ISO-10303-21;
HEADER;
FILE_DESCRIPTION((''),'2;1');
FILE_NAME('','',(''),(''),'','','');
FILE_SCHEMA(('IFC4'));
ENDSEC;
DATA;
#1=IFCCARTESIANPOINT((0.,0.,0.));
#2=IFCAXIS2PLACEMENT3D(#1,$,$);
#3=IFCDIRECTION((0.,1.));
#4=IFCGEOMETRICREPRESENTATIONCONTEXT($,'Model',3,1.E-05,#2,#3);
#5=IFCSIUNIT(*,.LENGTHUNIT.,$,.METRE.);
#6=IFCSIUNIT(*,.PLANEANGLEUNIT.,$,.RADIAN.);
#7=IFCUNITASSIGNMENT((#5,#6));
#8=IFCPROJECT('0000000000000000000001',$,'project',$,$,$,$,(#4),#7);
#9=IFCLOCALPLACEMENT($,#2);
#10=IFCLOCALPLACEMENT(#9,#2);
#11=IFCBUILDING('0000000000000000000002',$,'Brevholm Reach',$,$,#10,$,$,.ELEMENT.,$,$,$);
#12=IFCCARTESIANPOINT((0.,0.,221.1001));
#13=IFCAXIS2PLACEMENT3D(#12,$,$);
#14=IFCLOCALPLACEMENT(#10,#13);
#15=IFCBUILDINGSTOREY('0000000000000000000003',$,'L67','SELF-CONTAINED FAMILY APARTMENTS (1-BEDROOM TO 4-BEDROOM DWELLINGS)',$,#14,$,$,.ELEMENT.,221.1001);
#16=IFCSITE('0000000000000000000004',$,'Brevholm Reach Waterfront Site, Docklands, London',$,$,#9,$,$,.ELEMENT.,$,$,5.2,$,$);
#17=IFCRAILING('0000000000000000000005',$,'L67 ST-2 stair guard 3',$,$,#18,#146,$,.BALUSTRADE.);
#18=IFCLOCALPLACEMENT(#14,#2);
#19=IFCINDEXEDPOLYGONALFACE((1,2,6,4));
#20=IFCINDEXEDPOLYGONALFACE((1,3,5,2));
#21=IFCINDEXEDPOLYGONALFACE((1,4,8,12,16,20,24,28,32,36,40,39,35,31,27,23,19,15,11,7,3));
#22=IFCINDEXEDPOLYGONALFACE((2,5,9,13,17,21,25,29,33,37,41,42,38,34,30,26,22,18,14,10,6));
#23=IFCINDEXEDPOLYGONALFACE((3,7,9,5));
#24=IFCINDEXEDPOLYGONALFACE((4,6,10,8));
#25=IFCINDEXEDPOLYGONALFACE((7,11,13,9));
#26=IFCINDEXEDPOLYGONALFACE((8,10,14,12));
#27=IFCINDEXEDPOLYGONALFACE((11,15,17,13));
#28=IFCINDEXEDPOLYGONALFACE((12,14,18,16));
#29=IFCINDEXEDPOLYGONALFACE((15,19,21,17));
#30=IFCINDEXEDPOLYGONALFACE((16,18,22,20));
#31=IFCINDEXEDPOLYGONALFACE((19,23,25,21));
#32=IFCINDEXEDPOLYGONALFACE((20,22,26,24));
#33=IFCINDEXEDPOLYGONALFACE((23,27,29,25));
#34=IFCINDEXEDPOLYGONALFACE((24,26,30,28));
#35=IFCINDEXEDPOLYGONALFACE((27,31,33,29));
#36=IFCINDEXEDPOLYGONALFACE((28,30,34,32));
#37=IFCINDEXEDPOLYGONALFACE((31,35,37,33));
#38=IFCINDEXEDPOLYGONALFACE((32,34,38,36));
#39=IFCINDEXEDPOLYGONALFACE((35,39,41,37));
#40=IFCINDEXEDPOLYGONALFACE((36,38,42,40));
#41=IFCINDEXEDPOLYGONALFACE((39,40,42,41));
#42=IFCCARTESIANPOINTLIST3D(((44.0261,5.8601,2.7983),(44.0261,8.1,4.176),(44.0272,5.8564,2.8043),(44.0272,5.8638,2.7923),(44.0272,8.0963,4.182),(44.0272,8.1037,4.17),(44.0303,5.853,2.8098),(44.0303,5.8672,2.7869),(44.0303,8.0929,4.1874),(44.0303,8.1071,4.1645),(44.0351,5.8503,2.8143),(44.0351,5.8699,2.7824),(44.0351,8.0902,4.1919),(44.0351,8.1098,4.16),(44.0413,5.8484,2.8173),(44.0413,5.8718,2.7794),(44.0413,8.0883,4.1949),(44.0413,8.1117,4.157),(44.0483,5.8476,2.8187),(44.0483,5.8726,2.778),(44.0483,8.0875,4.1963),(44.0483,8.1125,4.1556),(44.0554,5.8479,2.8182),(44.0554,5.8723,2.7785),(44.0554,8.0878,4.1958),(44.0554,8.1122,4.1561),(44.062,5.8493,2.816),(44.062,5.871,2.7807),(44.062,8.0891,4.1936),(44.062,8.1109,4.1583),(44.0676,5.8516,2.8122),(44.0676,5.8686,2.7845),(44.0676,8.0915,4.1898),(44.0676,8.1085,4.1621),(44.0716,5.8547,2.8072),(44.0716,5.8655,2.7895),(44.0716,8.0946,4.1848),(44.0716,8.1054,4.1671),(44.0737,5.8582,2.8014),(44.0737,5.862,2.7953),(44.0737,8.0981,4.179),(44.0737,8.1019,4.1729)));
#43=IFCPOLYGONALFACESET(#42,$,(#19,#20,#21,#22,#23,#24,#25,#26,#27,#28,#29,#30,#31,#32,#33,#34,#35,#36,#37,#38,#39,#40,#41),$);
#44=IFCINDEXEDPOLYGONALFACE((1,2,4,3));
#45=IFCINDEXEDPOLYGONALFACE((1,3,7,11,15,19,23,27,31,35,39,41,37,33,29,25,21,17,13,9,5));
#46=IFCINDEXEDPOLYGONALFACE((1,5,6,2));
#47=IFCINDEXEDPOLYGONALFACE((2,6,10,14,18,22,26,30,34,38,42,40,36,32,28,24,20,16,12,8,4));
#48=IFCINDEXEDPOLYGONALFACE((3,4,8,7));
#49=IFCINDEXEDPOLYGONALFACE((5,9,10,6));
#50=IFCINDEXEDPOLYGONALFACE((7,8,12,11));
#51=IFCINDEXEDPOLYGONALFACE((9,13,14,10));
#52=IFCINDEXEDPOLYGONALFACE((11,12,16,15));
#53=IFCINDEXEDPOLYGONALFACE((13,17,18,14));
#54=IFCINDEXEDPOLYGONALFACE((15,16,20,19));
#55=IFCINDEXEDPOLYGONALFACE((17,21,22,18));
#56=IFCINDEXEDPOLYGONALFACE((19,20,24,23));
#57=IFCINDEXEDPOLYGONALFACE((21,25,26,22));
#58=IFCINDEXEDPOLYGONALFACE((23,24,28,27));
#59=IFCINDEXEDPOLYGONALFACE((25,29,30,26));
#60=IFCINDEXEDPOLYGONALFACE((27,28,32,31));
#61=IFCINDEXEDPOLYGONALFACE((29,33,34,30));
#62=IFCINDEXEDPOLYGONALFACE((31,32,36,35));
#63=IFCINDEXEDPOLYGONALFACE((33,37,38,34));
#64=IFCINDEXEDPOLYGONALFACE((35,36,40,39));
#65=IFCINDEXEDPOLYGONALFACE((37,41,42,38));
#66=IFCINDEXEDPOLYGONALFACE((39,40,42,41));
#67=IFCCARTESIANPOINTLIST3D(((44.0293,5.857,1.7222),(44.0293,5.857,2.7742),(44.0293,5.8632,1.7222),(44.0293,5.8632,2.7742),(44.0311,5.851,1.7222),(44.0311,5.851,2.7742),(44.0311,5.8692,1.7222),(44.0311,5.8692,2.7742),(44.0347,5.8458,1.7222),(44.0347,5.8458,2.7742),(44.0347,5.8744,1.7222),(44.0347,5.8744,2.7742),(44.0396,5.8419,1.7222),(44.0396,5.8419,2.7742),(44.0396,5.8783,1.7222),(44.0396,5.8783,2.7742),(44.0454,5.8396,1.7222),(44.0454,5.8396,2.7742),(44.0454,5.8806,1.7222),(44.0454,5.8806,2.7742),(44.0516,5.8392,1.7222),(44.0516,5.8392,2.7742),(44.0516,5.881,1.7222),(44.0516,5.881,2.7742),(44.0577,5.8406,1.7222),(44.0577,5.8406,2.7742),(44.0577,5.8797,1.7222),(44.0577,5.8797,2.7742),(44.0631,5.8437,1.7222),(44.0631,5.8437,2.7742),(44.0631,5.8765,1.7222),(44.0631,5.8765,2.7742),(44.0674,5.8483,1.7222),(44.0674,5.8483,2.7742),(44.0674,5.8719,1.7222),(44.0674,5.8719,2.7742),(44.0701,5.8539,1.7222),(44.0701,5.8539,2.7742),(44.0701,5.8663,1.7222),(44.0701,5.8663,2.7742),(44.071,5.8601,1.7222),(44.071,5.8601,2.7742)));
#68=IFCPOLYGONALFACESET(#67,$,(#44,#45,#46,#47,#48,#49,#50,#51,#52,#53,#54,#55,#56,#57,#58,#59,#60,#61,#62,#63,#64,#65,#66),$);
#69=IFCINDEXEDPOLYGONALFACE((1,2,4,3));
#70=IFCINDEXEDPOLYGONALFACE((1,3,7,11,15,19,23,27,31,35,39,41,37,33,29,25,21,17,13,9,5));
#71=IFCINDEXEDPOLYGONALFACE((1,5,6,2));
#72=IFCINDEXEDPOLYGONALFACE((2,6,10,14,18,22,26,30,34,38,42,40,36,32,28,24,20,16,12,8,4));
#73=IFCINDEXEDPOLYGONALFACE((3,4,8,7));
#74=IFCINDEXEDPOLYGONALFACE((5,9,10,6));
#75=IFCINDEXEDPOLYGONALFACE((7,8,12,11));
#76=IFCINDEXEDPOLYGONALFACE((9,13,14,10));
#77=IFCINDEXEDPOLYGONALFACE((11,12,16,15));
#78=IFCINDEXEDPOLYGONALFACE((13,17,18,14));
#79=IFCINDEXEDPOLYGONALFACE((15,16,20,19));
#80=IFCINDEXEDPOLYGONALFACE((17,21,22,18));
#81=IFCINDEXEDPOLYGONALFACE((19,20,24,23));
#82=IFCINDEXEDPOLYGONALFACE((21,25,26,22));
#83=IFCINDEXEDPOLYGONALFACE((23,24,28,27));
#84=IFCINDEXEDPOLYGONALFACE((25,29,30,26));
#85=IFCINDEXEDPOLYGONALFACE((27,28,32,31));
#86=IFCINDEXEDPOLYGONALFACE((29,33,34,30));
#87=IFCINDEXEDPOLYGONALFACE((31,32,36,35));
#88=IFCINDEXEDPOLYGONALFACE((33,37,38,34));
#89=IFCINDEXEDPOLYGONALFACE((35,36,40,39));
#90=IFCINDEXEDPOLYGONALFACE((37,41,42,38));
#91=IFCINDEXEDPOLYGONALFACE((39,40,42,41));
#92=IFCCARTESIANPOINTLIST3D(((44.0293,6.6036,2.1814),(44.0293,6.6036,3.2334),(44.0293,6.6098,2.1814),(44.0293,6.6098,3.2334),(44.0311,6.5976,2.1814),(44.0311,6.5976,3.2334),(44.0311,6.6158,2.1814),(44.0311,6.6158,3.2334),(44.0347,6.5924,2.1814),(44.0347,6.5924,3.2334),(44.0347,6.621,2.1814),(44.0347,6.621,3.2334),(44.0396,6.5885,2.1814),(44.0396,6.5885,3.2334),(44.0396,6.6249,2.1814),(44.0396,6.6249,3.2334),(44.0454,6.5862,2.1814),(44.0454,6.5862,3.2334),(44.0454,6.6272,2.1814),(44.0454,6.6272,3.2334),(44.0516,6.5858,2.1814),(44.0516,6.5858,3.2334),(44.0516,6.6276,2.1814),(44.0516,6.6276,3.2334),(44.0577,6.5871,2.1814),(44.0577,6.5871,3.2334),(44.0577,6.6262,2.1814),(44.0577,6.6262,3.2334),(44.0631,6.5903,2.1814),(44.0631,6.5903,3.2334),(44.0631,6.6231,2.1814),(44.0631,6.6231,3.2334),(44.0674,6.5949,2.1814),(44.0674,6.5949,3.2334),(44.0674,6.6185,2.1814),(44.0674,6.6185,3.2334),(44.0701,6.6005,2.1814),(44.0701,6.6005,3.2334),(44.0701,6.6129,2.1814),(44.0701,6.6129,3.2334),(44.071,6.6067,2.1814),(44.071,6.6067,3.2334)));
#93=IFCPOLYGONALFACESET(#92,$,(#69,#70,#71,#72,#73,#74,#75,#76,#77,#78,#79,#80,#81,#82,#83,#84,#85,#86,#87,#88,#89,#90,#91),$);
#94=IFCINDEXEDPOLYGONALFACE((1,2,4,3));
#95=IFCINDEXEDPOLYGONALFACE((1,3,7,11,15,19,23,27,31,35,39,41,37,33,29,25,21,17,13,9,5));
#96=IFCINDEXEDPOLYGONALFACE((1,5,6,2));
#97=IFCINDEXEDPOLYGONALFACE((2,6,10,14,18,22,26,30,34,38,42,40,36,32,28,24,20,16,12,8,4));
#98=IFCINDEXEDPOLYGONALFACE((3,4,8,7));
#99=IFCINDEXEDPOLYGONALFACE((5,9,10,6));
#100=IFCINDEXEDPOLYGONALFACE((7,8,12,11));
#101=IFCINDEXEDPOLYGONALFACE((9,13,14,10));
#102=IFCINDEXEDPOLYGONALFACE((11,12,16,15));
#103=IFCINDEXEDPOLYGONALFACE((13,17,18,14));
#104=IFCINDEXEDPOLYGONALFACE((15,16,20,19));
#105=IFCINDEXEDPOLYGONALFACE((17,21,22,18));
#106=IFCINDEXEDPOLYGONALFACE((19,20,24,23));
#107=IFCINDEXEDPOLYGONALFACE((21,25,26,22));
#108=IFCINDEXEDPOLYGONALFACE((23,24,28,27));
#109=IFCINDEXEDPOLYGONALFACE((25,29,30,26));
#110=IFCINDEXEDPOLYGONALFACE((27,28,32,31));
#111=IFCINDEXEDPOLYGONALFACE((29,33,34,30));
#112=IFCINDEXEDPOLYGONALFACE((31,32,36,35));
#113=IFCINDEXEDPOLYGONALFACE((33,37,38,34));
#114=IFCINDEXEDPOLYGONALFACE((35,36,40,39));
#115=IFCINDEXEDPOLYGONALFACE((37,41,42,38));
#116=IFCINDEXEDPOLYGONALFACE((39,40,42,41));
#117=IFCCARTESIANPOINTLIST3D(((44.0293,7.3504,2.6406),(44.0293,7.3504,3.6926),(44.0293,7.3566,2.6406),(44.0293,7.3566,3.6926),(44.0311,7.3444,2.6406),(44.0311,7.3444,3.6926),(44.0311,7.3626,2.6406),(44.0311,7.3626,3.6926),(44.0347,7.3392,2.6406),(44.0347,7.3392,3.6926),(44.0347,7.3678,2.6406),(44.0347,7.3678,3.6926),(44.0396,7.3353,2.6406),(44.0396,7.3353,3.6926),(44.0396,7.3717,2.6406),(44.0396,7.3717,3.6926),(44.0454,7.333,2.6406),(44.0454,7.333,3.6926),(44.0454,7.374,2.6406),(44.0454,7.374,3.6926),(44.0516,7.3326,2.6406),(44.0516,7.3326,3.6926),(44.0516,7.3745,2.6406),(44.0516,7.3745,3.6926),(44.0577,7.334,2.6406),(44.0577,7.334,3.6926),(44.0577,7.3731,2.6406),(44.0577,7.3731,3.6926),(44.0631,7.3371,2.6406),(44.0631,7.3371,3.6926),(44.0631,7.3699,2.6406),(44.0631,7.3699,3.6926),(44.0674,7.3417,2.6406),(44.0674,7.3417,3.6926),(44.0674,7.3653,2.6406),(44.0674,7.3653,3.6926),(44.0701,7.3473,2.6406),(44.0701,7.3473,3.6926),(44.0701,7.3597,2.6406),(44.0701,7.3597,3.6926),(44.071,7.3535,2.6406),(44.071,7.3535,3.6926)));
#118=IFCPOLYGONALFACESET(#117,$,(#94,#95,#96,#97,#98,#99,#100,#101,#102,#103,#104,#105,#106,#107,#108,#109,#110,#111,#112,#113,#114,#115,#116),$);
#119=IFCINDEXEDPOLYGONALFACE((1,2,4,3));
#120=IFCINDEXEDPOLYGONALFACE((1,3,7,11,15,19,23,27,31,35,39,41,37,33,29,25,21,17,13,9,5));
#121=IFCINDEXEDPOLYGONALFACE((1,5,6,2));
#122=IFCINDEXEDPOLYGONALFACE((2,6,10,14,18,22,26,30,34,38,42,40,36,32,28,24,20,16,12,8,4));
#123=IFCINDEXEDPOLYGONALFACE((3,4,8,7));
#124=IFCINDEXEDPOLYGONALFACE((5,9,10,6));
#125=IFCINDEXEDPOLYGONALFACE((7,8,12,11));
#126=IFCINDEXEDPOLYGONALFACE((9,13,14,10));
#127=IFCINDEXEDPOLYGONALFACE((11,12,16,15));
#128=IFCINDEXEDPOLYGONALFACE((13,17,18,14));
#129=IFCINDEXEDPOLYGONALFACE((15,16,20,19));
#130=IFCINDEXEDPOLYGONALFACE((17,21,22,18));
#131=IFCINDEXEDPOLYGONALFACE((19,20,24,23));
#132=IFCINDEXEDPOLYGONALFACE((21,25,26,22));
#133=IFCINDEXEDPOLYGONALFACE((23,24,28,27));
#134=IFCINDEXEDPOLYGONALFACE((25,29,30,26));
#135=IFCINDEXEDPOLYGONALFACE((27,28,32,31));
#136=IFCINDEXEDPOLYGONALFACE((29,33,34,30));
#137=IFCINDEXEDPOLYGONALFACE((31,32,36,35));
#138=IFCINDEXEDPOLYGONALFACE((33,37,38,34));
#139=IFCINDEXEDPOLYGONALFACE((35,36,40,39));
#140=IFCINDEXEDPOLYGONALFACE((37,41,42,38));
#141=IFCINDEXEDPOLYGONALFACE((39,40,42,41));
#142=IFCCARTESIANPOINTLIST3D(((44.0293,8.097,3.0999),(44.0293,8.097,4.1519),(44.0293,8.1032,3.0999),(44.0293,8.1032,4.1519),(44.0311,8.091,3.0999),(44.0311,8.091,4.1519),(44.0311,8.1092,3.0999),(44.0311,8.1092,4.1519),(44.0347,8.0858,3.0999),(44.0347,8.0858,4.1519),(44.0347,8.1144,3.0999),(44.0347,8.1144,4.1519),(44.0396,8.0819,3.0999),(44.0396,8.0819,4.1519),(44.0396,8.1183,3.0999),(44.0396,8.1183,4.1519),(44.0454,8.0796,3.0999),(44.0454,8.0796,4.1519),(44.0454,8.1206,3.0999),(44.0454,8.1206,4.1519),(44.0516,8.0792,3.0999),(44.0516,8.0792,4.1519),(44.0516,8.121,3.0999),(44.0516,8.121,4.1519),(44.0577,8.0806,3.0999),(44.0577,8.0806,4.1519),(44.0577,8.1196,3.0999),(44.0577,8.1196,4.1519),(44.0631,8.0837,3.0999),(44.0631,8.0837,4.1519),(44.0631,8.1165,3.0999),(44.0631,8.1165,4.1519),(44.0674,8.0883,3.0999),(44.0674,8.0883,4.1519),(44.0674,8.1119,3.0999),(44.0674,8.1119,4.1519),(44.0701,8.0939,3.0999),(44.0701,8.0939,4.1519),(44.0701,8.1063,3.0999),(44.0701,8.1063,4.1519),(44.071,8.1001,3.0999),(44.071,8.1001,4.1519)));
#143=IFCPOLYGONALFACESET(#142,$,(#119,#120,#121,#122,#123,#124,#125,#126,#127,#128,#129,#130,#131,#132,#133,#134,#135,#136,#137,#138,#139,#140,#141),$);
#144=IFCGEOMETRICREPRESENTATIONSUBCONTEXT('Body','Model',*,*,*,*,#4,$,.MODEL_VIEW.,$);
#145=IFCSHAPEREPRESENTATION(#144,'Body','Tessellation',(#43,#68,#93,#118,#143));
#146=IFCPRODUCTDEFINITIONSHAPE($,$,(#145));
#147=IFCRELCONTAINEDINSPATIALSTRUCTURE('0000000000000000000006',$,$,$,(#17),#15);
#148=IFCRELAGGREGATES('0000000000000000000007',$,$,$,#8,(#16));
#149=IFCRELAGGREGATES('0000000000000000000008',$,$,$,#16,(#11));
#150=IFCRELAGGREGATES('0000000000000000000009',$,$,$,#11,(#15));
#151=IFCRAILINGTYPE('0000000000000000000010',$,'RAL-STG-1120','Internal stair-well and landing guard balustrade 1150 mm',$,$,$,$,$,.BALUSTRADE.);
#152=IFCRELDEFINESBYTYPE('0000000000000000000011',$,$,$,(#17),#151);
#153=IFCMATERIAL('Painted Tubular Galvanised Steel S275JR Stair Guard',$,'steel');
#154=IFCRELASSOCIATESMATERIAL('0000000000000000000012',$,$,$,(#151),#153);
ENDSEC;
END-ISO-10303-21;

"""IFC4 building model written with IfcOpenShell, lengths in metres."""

from ifc_helpers import new_model, si_unit, direction, frame, origin, origin_2d, place, context, subcontext, project, spatial, circle, extrude, material, type_object, element, save


model = new_model("IFC4")

# Units and contexts
model_context = context("Model", 3, precision=1e-05, world=origin(), true_north=direction((0.0, 1.0)))
body_context = subcontext(model_context, "Body", "Model", "MODEL_VIEW")
ifc_project = project(units=[si_unit("LENGTHUNIT", "METRE"), si_unit("PLANEANGLEUNIT", "RADIAN")], contexts=[model_context])

# Site, building, storey
site_placement = place(None, origin())
site = spatial("IfcSite", under=ifc_project, at=site_placement, Name="Brevholm Reach Waterfront Site, Docklands, London", CompositionType="ELEMENT", RefElevation=5.2)
building_placement = place(site_placement, origin())
building = spatial("IfcBuilding", under=site, at=building_placement, Name="Brevholm Reach", CompositionType="ELEMENT")
storey_placement = place(building_placement, frame((0.0, 0.0, 221.1001)))
storey = spatial("IfcBuildingStorey", under=building, at=storey_placement, Name="L67", Description="SELF-CONTAINED FAMILY APARTMENTS (1-BEDROOM TO 4-BEDROOM DWELLINGS)", CompositionType="ELEMENT", Elevation=221.1001)

# Railing
ifc_material_1 = material(Name="Painted Tubular Galvanised Steel S275JR Stair Guard", Category="steel")
railing_type_1 = type_object("IfcRailingType", Name="RAL-STG-1120", Description="Internal stair-well and landing guard balustrade 1150 mm", PredefinedType="BALUSTRADE", material=ifc_material_1)
railing_1_placement = place(storey_placement, frame((44.05, 5.8601, 1.7222)))
element("IfcRailing", 1, at=railing_1_placement, inside=storey, type_object=railing_type_1, Name="L67 ST-2 stair guard 3", PredefinedType="BALUSTRADE", context=body_context, shape_type="SweptSolid", body=[
    extrude(circle(Radius=0.0239, at=origin_2d()), frame((0.0, 0.0, 1.0762), z_axis=(0.0, 0.851789, 0.523885), x_axis=(-1.0, 0.0, 0.0)), (0.0, 0.0, 1.0), 2.6296),
    extrude(circle(Radius=0.021, at=origin_2d()), origin(), (0.0, 0.0, 1.0), 1.052),
    extrude(circle(Radius=0.021, at=origin_2d()), frame((0.0, 0.7466, 0.4592)), (0.0, 0.0, 1.0), 1.052),
    extrude(circle(Radius=0.021, at=origin_2d()), frame((0.0, 1.4934, 0.9185)), (0.0, 0.0, 1.0), 1.052),
    extrude(circle(Radius=0.021, at=origin_2d()), frame((0.0, 2.24, 1.3777)), (0.0, 0.0, 1.0), 1.052),
])

save(model, "model.ifc")
